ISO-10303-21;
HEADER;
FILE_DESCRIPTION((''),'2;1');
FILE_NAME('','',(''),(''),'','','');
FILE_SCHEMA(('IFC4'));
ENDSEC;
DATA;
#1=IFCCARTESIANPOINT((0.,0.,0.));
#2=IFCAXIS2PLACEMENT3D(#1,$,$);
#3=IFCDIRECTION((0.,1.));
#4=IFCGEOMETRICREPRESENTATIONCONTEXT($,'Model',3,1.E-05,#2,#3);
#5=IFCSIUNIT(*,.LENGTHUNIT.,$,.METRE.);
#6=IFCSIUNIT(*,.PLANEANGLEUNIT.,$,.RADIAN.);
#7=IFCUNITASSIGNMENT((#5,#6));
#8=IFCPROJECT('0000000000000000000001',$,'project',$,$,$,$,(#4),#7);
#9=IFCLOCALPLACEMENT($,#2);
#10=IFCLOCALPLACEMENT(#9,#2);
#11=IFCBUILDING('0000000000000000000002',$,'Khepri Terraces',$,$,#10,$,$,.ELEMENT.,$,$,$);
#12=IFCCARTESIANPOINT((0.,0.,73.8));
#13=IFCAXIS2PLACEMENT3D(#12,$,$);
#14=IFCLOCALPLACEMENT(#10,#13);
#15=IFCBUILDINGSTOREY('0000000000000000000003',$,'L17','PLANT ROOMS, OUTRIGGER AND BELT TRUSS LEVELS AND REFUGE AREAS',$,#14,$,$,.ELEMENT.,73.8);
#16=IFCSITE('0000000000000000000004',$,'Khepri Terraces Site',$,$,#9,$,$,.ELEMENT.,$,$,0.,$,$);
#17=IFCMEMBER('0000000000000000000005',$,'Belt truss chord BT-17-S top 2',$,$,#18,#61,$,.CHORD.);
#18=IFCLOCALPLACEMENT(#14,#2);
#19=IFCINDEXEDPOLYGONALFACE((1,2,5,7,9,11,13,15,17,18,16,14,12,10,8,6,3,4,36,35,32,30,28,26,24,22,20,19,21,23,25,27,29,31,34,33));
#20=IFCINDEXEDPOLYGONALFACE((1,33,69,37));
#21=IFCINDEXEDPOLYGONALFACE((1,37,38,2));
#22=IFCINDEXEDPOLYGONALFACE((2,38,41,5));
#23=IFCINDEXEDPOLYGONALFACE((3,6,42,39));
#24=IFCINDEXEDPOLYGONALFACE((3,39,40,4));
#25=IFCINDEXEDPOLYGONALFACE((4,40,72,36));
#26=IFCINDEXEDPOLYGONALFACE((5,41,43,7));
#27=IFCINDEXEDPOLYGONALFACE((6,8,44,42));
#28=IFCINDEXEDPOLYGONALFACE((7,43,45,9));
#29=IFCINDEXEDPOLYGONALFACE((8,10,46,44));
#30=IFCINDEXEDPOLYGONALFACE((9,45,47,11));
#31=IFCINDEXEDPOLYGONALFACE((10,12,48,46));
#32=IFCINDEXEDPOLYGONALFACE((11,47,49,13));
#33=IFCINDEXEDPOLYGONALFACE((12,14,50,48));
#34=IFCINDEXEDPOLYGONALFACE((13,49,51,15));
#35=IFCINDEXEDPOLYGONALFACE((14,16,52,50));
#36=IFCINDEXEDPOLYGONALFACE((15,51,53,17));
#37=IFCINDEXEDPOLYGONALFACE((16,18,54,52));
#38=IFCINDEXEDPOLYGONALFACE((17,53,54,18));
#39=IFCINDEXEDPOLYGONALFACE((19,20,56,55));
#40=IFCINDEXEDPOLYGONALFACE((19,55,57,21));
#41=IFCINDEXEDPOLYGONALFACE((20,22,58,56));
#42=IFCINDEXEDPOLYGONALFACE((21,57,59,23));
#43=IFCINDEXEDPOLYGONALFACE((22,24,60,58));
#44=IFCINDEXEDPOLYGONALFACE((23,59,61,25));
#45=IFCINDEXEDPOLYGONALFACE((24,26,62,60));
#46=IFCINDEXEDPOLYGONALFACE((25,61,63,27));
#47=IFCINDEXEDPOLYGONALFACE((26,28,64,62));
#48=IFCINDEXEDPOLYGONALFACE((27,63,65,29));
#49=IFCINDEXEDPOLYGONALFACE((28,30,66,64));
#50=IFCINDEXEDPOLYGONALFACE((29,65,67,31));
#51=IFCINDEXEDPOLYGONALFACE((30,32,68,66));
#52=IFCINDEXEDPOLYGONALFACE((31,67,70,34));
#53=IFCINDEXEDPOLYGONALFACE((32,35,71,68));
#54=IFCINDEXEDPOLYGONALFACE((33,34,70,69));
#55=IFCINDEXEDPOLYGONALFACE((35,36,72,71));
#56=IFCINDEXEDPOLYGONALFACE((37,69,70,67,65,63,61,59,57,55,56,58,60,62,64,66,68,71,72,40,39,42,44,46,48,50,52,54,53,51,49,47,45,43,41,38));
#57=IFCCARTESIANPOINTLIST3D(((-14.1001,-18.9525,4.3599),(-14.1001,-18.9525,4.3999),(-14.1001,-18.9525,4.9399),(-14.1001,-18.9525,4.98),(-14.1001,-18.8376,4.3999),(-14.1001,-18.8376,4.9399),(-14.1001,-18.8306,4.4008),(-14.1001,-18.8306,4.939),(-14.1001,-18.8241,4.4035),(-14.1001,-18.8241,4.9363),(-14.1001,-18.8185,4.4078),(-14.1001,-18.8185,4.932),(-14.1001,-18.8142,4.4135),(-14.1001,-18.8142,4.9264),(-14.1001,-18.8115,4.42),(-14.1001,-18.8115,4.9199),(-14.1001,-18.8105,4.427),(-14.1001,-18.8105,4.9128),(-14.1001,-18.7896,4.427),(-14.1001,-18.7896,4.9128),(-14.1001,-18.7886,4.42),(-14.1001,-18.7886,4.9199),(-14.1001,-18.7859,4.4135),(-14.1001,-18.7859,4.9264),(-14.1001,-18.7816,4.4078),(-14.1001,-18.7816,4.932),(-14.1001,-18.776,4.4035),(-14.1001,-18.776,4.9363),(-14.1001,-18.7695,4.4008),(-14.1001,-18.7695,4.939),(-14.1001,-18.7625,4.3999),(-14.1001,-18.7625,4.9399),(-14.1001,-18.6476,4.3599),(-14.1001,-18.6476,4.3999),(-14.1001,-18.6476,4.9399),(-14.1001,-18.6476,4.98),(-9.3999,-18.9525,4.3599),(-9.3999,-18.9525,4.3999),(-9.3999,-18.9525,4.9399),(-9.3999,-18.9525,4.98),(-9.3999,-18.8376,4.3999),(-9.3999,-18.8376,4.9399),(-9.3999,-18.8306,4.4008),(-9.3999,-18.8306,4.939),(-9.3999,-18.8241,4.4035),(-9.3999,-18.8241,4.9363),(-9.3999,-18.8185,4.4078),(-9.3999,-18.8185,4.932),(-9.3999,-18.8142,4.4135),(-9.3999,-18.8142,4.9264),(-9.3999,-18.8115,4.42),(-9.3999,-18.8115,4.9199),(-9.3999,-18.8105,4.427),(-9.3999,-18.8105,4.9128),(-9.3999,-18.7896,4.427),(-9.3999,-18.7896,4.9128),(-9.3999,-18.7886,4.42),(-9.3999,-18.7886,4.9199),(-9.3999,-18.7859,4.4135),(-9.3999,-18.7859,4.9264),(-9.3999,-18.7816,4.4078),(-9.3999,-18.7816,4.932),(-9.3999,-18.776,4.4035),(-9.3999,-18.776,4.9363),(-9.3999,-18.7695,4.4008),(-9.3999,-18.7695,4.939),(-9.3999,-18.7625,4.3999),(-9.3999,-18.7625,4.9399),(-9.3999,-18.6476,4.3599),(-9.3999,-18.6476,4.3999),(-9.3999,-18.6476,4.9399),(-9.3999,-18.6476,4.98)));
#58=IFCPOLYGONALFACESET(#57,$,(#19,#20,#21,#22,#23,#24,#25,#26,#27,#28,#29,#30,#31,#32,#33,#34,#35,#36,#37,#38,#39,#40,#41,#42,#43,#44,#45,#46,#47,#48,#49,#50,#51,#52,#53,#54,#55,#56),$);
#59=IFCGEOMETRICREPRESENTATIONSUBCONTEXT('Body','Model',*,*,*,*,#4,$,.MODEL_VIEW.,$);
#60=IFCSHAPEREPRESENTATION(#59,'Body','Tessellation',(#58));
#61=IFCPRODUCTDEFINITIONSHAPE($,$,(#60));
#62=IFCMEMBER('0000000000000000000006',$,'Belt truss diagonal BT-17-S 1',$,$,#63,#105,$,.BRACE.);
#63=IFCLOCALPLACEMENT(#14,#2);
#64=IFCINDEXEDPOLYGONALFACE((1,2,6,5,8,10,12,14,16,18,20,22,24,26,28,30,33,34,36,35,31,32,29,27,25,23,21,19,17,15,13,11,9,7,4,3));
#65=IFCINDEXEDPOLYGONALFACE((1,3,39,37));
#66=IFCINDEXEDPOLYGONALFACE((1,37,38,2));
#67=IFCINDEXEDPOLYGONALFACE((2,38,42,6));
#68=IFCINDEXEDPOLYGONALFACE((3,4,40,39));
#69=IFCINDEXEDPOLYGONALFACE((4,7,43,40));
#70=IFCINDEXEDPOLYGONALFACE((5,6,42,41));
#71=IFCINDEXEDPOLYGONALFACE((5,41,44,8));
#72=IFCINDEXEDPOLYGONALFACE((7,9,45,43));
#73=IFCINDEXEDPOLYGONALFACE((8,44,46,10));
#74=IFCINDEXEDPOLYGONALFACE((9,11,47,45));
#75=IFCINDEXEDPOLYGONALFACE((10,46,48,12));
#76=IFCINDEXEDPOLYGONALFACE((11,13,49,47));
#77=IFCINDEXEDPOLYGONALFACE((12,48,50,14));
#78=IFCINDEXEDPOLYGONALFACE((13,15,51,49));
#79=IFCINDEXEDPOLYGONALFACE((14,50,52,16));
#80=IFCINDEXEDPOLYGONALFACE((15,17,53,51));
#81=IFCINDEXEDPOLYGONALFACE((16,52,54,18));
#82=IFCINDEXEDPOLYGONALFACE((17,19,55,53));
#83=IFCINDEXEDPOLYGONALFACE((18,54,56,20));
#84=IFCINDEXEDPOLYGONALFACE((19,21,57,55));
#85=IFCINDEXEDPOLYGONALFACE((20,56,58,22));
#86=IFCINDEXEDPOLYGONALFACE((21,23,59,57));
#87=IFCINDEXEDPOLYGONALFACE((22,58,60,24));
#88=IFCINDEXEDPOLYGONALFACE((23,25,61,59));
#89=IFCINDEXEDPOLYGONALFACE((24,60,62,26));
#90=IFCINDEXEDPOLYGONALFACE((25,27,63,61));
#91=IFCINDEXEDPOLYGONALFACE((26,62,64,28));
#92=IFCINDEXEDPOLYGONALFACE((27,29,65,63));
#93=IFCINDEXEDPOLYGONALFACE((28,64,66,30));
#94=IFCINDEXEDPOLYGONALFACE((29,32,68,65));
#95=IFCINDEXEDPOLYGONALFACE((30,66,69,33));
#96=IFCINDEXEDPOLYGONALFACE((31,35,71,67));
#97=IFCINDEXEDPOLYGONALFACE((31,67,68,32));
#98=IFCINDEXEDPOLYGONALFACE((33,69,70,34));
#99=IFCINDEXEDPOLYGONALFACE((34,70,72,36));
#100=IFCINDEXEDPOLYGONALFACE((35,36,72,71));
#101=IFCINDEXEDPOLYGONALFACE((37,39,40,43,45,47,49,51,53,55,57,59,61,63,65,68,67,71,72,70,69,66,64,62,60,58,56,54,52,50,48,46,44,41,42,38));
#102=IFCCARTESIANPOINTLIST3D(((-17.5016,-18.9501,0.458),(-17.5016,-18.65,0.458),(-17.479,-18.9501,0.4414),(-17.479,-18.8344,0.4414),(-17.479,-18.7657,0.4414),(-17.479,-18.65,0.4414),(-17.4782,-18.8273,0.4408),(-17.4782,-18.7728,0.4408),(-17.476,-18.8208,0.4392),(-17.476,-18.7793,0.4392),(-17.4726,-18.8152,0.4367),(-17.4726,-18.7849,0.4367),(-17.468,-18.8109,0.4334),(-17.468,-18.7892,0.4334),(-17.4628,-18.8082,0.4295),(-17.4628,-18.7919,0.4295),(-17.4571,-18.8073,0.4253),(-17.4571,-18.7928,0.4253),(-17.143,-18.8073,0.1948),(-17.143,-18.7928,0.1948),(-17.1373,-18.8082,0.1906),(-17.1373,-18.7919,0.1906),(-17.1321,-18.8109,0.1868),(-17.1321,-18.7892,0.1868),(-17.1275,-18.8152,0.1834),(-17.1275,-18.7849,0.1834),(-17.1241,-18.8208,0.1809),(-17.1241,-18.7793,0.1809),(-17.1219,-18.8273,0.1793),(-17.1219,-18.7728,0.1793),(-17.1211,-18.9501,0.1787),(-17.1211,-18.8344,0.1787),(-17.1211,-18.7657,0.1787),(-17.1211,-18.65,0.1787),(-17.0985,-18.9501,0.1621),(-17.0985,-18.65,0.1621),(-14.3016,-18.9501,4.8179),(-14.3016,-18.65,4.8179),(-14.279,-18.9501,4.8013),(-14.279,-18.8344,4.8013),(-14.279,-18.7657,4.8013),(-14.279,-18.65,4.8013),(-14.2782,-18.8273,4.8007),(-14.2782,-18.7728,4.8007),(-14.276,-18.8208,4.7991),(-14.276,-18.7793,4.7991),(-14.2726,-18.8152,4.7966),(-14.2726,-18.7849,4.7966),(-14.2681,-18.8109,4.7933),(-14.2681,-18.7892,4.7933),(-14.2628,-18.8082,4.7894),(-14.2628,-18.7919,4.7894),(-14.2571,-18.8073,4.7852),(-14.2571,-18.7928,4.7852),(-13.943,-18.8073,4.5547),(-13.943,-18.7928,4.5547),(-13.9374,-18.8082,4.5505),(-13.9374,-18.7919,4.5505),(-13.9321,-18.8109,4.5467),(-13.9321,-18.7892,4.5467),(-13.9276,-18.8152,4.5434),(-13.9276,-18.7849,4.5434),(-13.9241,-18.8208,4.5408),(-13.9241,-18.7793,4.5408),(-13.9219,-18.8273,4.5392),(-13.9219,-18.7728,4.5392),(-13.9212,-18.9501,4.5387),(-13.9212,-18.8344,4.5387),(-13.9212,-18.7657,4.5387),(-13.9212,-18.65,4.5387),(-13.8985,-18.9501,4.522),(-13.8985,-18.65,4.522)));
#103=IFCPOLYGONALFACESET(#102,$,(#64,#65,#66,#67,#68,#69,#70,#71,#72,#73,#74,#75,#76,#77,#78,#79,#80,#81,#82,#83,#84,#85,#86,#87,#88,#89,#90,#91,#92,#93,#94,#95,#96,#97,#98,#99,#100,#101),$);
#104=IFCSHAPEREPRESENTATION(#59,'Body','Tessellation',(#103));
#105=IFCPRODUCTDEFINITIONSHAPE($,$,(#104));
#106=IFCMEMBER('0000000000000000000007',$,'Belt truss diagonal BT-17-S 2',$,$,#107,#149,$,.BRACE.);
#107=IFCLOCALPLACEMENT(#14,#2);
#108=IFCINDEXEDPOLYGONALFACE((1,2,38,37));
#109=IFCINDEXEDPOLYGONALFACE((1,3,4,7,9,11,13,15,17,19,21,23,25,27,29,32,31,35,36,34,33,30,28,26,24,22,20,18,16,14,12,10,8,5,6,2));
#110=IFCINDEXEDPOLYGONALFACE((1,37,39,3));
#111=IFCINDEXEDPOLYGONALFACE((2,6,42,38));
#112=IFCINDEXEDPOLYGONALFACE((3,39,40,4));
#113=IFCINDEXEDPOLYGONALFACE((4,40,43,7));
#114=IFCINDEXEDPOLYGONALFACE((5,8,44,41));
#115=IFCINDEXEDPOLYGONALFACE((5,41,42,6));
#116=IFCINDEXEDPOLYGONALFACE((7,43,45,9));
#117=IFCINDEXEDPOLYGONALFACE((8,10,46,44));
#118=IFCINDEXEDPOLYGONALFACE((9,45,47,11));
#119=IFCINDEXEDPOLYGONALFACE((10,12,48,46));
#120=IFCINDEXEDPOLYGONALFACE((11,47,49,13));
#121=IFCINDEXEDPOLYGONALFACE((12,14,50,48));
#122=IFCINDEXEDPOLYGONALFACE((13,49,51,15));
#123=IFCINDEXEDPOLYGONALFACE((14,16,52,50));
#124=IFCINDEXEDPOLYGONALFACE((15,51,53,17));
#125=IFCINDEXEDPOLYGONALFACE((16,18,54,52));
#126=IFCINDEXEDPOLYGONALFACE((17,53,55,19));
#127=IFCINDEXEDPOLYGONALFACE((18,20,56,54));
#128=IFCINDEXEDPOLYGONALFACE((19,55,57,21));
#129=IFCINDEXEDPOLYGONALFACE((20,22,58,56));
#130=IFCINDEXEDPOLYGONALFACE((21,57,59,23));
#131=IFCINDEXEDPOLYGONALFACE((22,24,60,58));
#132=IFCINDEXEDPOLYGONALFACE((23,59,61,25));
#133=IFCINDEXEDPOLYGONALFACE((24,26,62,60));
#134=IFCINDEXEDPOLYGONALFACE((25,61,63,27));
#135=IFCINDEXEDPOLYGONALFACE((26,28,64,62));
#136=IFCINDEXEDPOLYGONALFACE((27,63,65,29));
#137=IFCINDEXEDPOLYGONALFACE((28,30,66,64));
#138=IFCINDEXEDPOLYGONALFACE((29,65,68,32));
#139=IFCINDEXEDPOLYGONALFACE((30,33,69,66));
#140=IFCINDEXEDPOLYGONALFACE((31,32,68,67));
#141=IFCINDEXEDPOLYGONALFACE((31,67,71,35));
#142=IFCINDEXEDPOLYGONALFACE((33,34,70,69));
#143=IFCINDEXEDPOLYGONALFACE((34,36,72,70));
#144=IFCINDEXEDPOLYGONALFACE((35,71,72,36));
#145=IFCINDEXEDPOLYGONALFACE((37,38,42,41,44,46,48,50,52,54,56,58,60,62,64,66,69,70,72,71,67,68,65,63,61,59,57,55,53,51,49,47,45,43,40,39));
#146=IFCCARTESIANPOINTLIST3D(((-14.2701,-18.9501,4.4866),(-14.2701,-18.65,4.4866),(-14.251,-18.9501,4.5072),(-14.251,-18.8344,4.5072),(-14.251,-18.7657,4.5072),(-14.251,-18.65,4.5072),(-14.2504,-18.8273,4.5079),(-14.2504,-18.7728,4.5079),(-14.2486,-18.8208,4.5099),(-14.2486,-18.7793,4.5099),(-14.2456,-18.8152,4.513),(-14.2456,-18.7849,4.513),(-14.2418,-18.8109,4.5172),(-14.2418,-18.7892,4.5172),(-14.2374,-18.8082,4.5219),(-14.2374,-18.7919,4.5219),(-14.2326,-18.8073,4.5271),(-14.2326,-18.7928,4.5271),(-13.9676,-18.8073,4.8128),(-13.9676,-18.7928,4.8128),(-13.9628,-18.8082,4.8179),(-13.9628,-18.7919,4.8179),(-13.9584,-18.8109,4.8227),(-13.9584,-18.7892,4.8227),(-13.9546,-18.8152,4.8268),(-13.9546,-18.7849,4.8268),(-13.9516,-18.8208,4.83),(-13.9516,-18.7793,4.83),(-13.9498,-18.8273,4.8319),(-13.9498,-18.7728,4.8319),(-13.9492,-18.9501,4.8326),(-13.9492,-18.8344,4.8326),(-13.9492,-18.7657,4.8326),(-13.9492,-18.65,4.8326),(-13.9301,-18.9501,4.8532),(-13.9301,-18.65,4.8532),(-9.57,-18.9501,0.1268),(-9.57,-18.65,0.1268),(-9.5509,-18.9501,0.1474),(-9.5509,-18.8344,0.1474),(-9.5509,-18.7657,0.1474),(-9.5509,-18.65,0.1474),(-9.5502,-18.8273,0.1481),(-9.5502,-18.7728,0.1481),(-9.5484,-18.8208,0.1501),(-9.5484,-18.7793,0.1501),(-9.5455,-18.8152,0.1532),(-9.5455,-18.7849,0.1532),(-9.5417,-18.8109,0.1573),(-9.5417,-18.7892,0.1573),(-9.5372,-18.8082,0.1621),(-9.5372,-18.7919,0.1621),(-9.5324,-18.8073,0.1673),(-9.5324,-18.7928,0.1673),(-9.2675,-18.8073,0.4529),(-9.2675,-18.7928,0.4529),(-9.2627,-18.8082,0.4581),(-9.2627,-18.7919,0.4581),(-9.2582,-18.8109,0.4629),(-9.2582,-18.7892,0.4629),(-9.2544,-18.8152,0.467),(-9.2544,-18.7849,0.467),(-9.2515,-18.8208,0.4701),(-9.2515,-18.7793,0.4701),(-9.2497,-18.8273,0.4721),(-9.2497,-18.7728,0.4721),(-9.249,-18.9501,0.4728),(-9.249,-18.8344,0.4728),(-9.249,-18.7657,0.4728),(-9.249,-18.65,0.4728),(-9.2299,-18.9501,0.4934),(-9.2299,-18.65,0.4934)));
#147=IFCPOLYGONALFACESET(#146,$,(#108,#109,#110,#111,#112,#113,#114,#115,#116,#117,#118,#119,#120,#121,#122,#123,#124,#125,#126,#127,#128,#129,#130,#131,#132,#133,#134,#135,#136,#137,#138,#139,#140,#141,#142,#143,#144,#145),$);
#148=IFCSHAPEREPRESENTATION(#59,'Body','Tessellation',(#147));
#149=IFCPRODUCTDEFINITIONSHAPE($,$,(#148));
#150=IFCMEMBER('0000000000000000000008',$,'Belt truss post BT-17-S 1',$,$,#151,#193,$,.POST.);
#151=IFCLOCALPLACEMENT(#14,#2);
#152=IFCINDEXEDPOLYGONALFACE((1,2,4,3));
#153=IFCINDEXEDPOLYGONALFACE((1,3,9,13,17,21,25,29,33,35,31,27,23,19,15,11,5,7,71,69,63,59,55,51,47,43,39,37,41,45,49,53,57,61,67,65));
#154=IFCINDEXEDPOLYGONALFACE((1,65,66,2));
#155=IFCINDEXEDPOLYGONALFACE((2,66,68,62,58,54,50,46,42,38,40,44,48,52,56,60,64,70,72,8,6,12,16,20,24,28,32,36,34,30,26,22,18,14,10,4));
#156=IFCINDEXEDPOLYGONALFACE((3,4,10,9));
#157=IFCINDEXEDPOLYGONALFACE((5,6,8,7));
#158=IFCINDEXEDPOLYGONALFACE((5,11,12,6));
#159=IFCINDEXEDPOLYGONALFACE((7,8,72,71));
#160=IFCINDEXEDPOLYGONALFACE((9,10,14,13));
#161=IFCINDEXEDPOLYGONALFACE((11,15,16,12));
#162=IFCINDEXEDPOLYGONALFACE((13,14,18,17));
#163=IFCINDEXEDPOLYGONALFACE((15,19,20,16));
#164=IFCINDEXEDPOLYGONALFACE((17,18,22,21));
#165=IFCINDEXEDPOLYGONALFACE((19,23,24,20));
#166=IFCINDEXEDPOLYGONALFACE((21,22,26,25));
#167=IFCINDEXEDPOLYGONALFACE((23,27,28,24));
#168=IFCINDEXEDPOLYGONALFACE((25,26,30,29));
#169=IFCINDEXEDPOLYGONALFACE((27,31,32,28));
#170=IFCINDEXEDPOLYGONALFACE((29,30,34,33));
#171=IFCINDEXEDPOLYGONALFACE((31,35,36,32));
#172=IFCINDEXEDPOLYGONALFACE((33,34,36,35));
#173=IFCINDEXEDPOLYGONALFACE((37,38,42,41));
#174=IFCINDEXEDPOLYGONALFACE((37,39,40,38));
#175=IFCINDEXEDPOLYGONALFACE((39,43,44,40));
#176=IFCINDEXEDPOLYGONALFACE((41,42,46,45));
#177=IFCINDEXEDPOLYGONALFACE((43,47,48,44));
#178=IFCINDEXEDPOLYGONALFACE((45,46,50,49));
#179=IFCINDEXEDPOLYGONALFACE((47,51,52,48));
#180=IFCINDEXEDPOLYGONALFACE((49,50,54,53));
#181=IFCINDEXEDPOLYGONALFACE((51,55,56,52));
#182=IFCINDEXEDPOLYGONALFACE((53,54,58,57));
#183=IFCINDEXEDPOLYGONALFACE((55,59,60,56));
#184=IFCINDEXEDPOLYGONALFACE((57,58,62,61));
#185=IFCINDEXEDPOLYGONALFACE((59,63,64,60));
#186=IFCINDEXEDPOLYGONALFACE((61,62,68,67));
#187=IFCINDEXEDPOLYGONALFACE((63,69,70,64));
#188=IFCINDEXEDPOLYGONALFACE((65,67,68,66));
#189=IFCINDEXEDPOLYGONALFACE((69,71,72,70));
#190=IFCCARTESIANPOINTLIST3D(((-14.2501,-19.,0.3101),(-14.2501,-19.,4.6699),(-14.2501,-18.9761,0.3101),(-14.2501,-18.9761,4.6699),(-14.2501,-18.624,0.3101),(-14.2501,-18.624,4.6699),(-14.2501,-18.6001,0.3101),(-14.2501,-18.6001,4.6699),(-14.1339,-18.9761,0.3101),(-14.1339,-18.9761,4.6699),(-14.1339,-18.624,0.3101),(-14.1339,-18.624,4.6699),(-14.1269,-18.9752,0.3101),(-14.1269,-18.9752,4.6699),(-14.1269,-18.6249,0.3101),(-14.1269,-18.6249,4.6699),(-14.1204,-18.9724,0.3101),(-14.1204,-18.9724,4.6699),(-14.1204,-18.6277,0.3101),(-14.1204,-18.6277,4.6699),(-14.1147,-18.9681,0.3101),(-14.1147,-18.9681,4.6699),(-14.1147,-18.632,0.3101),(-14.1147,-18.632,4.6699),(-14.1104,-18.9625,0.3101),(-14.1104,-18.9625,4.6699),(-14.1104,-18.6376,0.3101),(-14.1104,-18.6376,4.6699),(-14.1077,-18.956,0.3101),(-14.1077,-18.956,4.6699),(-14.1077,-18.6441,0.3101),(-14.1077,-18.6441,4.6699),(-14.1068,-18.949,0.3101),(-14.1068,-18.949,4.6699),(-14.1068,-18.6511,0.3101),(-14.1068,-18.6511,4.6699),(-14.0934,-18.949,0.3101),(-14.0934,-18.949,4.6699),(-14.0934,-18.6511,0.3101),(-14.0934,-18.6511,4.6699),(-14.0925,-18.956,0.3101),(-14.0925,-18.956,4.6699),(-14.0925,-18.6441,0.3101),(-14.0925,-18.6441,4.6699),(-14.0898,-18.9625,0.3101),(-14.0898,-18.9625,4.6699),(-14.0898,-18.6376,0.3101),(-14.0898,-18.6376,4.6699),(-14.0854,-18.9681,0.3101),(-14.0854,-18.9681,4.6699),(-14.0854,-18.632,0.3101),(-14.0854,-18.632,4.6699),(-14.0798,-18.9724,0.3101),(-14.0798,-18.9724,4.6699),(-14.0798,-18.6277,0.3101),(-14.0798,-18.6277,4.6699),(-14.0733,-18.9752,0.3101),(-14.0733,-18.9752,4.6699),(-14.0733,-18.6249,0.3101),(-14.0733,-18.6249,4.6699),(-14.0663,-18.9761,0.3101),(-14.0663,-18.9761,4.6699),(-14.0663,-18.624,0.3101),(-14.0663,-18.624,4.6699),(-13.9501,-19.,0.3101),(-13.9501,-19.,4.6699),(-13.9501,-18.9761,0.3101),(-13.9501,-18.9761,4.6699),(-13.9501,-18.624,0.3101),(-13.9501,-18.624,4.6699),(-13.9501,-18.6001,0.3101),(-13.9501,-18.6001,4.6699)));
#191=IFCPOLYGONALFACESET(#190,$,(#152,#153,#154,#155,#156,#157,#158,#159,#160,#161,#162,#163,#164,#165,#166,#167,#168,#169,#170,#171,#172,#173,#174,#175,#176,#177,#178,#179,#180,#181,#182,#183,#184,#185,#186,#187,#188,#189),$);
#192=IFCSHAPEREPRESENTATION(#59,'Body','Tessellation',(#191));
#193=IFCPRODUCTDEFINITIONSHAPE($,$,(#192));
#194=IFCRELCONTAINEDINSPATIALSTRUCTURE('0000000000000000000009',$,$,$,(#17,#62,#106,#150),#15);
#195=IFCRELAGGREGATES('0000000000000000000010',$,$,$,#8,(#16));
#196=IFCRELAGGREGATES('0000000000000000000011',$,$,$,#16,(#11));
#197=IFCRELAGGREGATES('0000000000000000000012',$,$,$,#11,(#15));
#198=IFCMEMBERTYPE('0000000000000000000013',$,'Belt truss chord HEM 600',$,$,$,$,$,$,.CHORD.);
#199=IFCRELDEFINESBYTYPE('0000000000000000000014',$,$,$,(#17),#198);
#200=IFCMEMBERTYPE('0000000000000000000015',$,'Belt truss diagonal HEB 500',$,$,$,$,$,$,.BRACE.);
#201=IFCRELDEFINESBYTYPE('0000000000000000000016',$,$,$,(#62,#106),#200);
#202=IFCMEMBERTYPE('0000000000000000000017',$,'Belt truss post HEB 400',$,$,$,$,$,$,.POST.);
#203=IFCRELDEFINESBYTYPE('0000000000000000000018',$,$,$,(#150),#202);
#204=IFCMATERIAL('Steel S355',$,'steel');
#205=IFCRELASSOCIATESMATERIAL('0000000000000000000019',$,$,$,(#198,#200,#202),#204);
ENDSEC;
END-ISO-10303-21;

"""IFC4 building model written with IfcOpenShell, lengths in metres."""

from ifc_helpers import new_model, si_unit, direction, frame, origin, origin_2d, place, context, subcontext, project, spatial, i_section, extrude, material, material_profile, profile_set, type_object, element, save


model = new_model("IFC4")

# Units and contexts
model_context = context("Model", 3, precision=1e-05, world=origin(), true_north=direction((0.0, 1.0)))
body_context = subcontext(model_context, "Body", "Model", "MODEL_VIEW")
ifc_project = project(units=[si_unit("LENGTHUNIT", "METRE"), si_unit("PLANEANGLEUNIT", "RADIAN")], contexts=[model_context])

# Site, building, storey
site_placement = place(None, origin())
site = spatial("IfcSite", under=ifc_project, at=site_placement, Name="Khepri Terraces Site", CompositionType="ELEMENT", RefElevation=0.0)
building_placement = place(site_placement, origin())
building = spatial("IfcBuilding", under=site, at=building_placement, Name="Khepri Terraces", CompositionType="ELEMENT")
storey_placement = place(building_placement, frame((0.0, 0.0, 73.8)))
storey = spatial("IfcBuildingStorey", under=building, at=storey_placement, Name="L17", Description="PLANT ROOMS, OUTRIGGER AND BELT TRUSS LEVELS AND REFUGE AREAS", CompositionType="ELEMENT", Elevation=73.8)

# Members
ifc_material_1 = material(Name="Steel S355", Category="steel")
ifc_material_profile_1 = material_profile(ifc_material_1, i_section(OverallWidth=0.3049, OverallDepth=0.6201, WebThickness=0.021, FlangeThickness=0.04, FilletRadius=0.0271, at=origin_2d()), Name="Steel S355", Category="steel")
ifc_profile_set_1 = profile_set([ifc_material_profile_1], Name="Steel S355")
member_type_1 = type_object("IfcMemberType", Name="Belt truss chord HEM 600", PredefinedType="CHORD", material=ifc_profile_set_1)
for number, where, z_axis, x_axis, name in (
    (1, (-14.1001, -18.8, 4.6699), (1.0, 0.0, 0.0), (0.0, 1.0, 0.0), "Belt truss chord BT-17-S top 2"),
):
    element("IfcMember", number, at=place(storey_placement, frame(where, z_axis=z_axis, x_axis=x_axis)), inside=storey, type_object=member_type_1, Name=name, PredefinedType="CHORD", context=body_context, shape_type="SweptSolid", body=[
        extrude(i_section(OverallWidth=0.3049, OverallDepth=0.6201, WebThickness=0.021, FlangeThickness=0.04, FilletRadius=0.0271, at=origin_2d()), origin(), (0.0, 0.0, 1.0), 4.7002),
    ])
ifc_material_profile_2 = material_profile(ifc_material_1, i_section(OverallWidth=0.3, OverallDepth=0.5, WebThickness=0.0144, FlangeThickness=0.0281, FilletRadius=0.0271, at=origin_2d()), Name="Steel S355", Category="steel")
ifc_profile_set_2 = profile_set([ifc_material_profile_2], Name="Steel S355")
member_type_2 = type_object("IfcMemberType", Name="Belt truss diagonal HEB 500", PredefinedType="BRACE", material=ifc_profile_set_2)
member_1_placement = place(storey_placement, frame((-17.3, -18.8, 0.3101), z_axis=(0.59169, 0.0, 0.806165), x_axis=(0.0, 1.0, 0.0)))
element("IfcMember", 2, at=member_1_placement, inside=storey, type_object=member_type_2, Name="Belt truss diagonal BT-17-S 1", PredefinedType="BRACE", context=body_context, shape_type="SweptSolid", body=[
    extrude(i_section(OverallWidth=0.3, OverallDepth=0.5, WebThickness=0.0144, FlangeThickness=0.0281, FilletRadius=0.0271, at=origin_2d()), origin(), (0.0, 0.0, 1.0), 5.4082),
])
member_2_placement = place(storey_placement, frame((-14.1001, -18.8, 4.6699), z_axis=(0.733151, 0.0, -0.680065), x_axis=(0.0, 1.0, 0.0)))
element("IfcMember", 3, at=member_2_placement, inside=storey, type_object=member_type_2, Name="Belt truss diagonal BT-17-S 2", PredefinedType="BRACE", context=body_context, shape_type="SweptSolid", body=[
    extrude(i_section(OverallWidth=0.3, OverallDepth=0.5, WebThickness=0.0144, FlangeThickness=0.0281, FilletRadius=0.0271, at=origin_2d()), origin(), (0.0, 0.0, 1.0), 6.4109),
])
ifc_material_profile_3 = material_profile(ifc_material_1, i_section(OverallWidth=0.3, OverallDepth=0.3999, WebThickness=0.0134, FlangeThickness=0.0239, FilletRadius=0.0271, at=origin_2d()), Name="Steel S355", Category="steel")
ifc_profile_set_3 = profile_set([ifc_material_profile_3], Name="Steel S355")
member_type_3 = type_object("IfcMemberType", Name="Belt truss post HEB 400", PredefinedType="POST", material=ifc_profile_set_3)
member_3_placement = place(storey_placement, frame((-14.1001, -18.8, 0.3101), z_axis=(0.0, 0.0, 1.0), x_axis=(1.0, 0.0, 0.0)))
element("IfcMember", 4, at=member_3_placement, inside=storey, type_object=member_type_3, Name="Belt truss post BT-17-S 1", PredefinedType="POST", context=body_context, shape_type="SweptSolid", body=[
    extrude(i_section(OverallWidth=0.3, OverallDepth=0.3999, WebThickness=0.0134, FlangeThickness=0.0239, FilletRadius=0.0271, at=origin_2d()), origin(), (0.0, 0.0, 1.0), 4.3599),
])

save(model, "model.ifc")
